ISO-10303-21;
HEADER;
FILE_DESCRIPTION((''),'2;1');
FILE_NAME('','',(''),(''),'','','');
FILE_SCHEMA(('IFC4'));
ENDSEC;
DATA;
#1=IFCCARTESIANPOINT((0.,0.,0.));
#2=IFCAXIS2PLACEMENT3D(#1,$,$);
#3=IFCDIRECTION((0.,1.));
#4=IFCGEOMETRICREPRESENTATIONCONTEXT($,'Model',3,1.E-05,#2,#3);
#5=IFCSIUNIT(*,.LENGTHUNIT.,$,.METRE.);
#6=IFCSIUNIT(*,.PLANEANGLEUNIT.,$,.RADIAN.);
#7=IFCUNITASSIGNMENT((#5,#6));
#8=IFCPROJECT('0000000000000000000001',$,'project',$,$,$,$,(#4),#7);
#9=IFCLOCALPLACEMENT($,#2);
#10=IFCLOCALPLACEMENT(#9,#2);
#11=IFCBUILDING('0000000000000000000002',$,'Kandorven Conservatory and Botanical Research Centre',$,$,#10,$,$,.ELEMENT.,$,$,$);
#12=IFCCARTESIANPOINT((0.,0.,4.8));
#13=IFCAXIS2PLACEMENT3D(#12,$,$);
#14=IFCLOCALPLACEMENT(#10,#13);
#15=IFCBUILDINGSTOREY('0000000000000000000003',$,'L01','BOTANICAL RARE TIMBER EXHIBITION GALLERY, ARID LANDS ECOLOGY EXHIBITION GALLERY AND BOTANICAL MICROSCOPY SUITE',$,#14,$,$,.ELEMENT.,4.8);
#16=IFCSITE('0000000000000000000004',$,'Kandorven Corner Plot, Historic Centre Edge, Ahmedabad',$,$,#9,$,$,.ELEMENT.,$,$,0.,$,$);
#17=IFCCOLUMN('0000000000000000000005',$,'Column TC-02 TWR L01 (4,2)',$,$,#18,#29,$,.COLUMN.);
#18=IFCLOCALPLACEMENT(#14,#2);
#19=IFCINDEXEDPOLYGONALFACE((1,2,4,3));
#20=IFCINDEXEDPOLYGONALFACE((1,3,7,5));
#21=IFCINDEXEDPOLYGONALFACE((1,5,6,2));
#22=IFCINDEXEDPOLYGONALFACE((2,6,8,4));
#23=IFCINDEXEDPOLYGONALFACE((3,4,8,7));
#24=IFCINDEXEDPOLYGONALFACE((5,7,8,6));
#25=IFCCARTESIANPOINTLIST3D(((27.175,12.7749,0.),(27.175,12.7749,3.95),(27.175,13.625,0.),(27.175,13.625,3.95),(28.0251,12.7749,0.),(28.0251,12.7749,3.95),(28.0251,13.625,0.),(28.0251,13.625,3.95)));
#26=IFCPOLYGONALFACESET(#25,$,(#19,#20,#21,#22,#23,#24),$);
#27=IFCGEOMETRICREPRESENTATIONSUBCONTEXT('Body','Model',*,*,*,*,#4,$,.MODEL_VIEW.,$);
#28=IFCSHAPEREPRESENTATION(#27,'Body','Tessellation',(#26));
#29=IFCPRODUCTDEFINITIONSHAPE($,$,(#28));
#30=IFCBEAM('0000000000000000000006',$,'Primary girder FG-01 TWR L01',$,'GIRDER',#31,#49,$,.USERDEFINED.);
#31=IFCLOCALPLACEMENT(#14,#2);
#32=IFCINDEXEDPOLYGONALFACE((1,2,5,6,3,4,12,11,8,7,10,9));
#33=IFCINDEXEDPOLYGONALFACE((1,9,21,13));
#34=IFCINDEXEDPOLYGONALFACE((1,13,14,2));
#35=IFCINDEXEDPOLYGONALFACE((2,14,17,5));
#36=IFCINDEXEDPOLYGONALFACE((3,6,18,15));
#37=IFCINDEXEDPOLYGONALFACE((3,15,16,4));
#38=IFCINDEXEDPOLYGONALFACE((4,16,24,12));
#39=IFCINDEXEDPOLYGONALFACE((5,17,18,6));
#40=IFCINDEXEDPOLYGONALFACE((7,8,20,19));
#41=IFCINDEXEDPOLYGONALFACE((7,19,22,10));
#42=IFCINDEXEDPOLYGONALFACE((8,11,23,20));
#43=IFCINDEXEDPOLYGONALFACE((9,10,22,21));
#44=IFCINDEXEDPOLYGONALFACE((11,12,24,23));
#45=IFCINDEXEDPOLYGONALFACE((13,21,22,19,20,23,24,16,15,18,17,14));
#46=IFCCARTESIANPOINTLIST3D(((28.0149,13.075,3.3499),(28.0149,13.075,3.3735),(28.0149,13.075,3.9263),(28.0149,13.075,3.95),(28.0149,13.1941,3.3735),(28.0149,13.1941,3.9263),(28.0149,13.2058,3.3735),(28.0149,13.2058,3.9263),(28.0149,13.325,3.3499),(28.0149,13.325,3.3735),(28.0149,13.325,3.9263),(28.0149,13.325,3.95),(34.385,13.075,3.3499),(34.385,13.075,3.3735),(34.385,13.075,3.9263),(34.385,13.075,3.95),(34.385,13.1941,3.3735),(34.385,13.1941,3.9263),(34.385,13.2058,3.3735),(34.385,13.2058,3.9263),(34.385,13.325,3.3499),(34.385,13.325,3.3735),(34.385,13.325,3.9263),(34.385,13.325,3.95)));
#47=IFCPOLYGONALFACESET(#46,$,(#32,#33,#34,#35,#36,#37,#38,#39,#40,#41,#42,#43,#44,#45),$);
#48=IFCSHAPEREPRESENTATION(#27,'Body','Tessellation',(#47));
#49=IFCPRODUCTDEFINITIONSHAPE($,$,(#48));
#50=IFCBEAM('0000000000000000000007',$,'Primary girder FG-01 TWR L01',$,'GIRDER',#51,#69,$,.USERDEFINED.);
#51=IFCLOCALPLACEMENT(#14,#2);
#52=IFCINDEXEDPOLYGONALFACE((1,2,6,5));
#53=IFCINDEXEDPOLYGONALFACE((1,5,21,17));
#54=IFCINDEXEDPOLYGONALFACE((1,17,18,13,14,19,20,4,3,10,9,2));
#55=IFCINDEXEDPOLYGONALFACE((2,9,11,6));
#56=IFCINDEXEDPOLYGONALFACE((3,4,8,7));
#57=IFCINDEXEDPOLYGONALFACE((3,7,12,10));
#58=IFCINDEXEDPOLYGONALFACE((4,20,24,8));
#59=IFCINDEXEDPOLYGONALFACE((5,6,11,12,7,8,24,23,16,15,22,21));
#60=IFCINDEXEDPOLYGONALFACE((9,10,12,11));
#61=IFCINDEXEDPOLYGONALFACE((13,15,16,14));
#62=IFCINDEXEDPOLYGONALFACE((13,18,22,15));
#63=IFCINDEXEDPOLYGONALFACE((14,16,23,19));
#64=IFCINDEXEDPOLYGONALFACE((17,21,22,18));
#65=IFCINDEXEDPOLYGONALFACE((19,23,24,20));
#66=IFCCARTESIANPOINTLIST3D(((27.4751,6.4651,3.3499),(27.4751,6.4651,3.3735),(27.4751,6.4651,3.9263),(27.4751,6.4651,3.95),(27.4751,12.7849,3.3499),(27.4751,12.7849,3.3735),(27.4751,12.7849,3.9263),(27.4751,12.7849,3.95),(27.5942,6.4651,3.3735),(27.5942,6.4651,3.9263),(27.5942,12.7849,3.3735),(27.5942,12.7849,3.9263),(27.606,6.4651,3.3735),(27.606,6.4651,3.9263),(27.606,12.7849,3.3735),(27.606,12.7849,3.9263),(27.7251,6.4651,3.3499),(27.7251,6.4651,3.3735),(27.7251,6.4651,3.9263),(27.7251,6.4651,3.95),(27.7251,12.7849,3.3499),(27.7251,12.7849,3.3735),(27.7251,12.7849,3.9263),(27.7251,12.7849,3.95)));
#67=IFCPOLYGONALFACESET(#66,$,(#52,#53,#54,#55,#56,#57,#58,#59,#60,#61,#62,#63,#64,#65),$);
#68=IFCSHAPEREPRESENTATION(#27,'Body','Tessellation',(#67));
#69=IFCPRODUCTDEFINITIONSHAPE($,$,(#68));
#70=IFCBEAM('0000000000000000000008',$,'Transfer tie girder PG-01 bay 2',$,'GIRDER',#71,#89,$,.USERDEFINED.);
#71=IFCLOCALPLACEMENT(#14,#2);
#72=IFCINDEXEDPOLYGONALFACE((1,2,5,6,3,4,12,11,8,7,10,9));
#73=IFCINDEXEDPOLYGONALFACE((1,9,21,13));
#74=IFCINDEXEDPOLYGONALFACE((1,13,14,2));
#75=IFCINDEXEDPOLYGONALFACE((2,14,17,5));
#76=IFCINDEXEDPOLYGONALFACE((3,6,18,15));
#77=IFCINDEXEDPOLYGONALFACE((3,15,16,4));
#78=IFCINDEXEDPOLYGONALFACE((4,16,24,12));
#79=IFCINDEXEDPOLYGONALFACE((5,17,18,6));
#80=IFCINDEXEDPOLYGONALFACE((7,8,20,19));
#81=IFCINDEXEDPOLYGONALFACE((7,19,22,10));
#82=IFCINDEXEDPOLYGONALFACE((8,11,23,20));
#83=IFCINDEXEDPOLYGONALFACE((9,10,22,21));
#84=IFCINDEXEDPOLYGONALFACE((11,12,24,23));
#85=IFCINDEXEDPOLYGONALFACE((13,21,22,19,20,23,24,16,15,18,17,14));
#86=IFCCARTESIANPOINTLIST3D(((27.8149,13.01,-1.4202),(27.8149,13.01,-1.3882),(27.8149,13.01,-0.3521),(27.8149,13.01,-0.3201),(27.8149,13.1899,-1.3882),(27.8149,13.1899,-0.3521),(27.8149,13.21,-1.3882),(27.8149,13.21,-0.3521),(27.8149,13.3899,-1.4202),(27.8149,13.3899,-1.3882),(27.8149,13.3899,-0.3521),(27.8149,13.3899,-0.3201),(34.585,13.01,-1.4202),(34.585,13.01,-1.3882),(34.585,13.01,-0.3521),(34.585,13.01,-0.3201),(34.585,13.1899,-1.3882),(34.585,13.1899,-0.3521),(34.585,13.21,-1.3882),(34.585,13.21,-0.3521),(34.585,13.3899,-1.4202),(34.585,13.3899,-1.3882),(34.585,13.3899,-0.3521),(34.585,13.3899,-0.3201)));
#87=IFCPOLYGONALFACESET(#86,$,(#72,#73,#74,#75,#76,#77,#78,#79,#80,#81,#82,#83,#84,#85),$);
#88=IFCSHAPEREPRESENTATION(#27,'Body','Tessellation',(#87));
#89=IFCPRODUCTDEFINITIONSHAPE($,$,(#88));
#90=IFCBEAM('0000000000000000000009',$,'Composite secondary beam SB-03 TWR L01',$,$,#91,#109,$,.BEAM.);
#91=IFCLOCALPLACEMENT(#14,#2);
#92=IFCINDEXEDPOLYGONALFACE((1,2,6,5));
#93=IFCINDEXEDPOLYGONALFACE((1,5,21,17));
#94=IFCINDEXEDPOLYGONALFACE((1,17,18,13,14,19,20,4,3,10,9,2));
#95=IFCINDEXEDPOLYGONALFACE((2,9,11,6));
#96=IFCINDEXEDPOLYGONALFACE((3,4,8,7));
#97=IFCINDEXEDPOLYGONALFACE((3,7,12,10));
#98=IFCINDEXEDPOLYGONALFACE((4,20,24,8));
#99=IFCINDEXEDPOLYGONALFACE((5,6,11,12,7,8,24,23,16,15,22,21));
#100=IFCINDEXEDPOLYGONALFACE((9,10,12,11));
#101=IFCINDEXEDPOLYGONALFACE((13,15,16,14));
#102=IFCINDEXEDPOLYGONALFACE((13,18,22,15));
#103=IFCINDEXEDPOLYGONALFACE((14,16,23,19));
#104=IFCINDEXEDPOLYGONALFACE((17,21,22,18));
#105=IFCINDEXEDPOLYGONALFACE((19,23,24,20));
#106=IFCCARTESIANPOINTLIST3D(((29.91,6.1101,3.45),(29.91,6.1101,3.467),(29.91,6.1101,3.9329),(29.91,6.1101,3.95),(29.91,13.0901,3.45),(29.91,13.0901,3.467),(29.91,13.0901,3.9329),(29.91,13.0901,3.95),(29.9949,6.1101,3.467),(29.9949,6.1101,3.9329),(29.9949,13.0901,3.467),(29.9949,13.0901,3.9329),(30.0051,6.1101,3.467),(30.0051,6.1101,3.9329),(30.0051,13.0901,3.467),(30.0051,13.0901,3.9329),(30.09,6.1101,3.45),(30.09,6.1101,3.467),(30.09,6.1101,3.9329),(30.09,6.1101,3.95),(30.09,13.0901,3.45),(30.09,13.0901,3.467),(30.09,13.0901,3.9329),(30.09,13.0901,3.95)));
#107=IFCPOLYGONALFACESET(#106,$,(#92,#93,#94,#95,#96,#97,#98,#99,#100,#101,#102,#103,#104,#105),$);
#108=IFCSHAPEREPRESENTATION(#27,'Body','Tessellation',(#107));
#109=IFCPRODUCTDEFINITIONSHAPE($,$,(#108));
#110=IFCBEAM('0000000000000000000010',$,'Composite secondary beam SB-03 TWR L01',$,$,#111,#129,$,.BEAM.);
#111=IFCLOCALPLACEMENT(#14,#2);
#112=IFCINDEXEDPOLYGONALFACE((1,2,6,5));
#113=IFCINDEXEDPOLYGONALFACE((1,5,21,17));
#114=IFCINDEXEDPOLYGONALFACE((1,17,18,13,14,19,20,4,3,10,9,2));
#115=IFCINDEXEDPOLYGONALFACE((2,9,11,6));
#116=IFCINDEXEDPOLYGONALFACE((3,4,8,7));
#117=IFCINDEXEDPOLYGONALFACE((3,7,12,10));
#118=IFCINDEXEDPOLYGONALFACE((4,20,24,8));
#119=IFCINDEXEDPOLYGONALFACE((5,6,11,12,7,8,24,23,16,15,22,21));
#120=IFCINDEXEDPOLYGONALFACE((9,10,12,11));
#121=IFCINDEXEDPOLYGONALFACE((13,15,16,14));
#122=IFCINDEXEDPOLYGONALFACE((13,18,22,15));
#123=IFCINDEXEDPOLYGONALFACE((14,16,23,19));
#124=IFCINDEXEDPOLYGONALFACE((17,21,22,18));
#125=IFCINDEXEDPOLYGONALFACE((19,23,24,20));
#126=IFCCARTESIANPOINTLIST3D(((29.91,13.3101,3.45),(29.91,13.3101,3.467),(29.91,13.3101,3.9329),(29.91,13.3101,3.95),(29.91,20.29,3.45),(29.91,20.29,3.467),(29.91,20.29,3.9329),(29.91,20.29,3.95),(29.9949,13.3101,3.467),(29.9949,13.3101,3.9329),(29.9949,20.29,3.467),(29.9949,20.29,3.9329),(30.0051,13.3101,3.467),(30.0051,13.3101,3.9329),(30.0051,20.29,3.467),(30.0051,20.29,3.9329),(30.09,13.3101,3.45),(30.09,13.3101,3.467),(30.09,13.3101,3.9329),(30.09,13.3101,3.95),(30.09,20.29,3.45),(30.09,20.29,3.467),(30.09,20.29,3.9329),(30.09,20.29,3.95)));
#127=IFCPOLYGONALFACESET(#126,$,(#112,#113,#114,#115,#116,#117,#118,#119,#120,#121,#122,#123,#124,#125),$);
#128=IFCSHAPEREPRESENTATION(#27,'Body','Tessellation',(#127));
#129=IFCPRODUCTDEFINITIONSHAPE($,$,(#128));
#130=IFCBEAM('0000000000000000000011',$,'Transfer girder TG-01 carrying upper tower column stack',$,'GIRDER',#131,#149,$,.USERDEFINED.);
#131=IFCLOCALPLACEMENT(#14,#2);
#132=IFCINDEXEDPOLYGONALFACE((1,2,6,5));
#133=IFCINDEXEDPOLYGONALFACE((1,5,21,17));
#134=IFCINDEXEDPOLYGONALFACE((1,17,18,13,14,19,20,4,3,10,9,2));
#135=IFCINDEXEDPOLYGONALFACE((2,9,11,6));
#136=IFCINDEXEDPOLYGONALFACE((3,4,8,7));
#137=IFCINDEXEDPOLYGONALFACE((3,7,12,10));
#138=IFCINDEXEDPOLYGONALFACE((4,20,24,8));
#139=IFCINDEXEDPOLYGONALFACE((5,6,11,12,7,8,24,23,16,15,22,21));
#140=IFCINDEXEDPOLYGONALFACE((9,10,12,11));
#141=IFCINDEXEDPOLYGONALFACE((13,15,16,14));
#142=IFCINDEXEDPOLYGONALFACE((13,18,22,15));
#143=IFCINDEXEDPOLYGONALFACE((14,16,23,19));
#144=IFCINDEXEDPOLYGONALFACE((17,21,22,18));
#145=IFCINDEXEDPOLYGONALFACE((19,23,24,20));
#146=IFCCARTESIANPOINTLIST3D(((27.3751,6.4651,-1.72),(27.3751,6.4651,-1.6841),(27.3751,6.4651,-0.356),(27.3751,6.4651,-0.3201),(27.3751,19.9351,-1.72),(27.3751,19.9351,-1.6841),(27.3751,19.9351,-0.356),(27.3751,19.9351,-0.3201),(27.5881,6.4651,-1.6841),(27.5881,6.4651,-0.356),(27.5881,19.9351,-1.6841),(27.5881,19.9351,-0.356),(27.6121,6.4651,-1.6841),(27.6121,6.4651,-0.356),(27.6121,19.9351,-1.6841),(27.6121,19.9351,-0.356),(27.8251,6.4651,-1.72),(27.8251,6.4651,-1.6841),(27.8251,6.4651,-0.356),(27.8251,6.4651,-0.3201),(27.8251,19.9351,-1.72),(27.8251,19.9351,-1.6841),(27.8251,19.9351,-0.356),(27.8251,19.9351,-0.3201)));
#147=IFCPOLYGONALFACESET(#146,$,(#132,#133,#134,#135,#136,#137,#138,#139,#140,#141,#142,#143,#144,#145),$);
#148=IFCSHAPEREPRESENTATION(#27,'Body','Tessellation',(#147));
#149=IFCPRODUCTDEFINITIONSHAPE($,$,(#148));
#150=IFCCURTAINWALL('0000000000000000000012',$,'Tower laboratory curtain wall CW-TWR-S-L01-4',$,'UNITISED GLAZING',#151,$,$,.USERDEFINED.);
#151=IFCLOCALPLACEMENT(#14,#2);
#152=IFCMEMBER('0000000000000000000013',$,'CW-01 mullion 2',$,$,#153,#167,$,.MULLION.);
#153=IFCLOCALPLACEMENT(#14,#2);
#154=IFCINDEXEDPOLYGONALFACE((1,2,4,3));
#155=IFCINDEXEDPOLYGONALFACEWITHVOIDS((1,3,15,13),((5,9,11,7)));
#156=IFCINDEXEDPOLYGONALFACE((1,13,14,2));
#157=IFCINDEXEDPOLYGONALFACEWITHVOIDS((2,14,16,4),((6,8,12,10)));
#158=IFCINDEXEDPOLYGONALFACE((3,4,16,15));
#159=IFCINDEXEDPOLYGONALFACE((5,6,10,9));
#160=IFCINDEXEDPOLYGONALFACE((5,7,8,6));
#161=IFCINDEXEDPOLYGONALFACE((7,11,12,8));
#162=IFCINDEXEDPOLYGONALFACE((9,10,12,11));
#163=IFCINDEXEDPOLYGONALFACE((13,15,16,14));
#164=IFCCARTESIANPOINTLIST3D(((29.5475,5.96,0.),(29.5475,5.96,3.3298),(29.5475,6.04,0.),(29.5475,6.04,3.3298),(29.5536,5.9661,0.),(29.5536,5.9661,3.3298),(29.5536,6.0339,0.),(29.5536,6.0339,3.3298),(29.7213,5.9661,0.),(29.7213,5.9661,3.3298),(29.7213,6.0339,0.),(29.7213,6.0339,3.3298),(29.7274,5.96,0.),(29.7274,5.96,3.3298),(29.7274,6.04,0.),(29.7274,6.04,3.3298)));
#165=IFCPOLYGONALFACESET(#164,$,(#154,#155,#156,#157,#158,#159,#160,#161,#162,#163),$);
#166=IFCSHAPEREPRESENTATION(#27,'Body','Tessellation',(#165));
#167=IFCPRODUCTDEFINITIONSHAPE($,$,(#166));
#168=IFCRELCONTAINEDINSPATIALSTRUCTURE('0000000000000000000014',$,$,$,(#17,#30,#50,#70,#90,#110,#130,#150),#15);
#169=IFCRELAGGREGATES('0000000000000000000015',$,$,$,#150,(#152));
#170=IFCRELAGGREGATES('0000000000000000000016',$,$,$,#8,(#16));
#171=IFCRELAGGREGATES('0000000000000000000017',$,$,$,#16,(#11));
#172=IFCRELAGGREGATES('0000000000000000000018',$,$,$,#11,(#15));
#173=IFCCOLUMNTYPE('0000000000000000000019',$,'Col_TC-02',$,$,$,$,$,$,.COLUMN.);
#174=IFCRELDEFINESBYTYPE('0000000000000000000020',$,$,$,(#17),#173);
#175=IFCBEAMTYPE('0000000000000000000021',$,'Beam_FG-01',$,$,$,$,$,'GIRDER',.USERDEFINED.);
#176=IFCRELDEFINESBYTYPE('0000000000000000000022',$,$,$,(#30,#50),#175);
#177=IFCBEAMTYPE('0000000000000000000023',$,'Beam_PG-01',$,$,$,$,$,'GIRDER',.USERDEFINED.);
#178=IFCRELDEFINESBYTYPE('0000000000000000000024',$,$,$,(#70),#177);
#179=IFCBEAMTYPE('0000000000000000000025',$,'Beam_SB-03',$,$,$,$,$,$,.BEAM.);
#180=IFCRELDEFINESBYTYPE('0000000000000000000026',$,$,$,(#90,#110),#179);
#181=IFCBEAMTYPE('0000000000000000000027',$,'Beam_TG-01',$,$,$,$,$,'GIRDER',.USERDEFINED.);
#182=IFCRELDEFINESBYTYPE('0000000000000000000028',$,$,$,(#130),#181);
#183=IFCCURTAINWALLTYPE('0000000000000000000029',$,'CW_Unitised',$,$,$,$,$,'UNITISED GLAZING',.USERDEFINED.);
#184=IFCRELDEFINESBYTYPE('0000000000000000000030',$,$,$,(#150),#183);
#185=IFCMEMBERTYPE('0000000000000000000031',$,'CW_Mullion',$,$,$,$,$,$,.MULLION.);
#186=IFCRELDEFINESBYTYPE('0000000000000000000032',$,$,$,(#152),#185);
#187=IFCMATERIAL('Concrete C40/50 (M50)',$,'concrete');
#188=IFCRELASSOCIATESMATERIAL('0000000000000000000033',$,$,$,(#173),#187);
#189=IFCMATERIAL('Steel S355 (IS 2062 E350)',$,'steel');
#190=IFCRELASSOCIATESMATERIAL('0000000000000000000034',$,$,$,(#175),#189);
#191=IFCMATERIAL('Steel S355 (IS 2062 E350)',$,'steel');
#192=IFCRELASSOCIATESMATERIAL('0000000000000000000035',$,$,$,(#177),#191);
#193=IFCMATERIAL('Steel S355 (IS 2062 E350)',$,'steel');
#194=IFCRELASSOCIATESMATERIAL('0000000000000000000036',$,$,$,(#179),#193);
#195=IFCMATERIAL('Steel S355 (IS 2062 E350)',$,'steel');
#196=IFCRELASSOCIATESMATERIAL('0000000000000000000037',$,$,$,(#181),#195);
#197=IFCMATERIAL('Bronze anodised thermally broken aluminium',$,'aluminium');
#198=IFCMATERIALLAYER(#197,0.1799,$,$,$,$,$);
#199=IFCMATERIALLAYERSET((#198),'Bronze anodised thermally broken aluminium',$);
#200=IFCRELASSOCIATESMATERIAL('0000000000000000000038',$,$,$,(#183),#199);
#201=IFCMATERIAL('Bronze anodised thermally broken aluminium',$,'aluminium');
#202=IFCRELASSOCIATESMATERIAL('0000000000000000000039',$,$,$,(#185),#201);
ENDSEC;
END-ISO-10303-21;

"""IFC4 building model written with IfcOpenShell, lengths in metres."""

from ifc_helpers import new_model, si_unit, direction, frame, origin, origin_2d, place, context, subcontext, project, spatial, rectangle, hollow_rectangle, i_section, extrude, material, layer, layer_set, material_profile, profile_set, type_object, element, aggregate, save


model = new_model("IFC4")

# Units and contexts
model_context = context("Model", 3, precision=1e-05, world=origin(), true_north=direction((0.0, 1.0)))
body_context = subcontext(model_context, "Body", "Model", "MODEL_VIEW")
ifc_project = project(units=[si_unit("LENGTHUNIT", "METRE"), si_unit("PLANEANGLEUNIT", "RADIAN")], contexts=[model_context])

# Site, building, storey
site_placement = place(None, origin())
site = spatial("IfcSite", under=ifc_project, at=site_placement, Name="Kandorven Corner Plot, Historic Centre Edge, Ahmedabad", CompositionType="ELEMENT", RefElevation=0.0)
building_placement = place(site_placement, origin())
building = spatial("IfcBuilding", under=site, at=building_placement, Name="Kandorven Conservatory and Botanical Research Centre", CompositionType="ELEMENT")
storey_placement = place(building_placement, frame((0.0, 0.0, 4.8)))
storey = spatial("IfcBuildingStorey", under=building, at=storey_placement, Name="L01", Description="BOTANICAL RARE TIMBER EXHIBITION GALLERY, ARID LANDS ECOLOGY EXHIBITION GALLERY AND BOTANICAL MICROSCOPY SUITE", CompositionType="ELEMENT", Elevation=4.8)

# Column
ifc_material_1 = material(Name="Concrete C40/50 (M50)", Category="concrete")
ifc_material_profile_1 = material_profile(ifc_material_1, rectangle(XDim=0.8501, YDim=0.8501, at=origin_2d()))
ifc_profile_set_1 = profile_set([ifc_material_profile_1], Name="Concrete C40/50 (M50)")
column_type = type_object("IfcColumnType", Name="Col_TC-02", PredefinedType="COLUMN", material=ifc_profile_set_1)
column_placement = place(storey_placement, frame((27.6001, 13.2, 0.0), z_axis=(0.0, 0.0, 1.0), x_axis=(1.0, 0.0, 0.0)))
element("IfcColumn", 1, at=column_placement, inside=storey, type_object=column_type, Name="Column TC-02 TWR L01 (4,2)", PredefinedType="COLUMN", context=body_context, shape_type="SweptSolid", body=[
    extrude(rectangle(XDim=0.8501, YDim=0.8501, at=origin_2d()), origin(), (0.0, 0.0, 1.0), 3.95),
])

# Beams
ifc_material_2 = material(Name="Steel S355 (IS 2062 E350)", Category="steel")
ifc_material_profile_2 = material_profile(ifc_material_2, i_section(OverallWidth=0.25, OverallDepth=0.6001, WebThickness=0.0117, FlangeThickness=0.0237, at=origin_2d()))
ifc_profile_set_2 = profile_set([ifc_material_profile_2], Name="Steel S355 (IS 2062 E350)")
beam_type_1 = type_object("IfcBeamType", Name="Beam_FG-01", ElementType="GIRDER", PredefinedType="USERDEFINED", material=ifc_profile_set_2)
beam_1_placement = place(storey_placement, frame((28.0149, 13.2, 3.6499), z_axis=(1.0, 0.0, 0.0), x_axis=(0.0, 1.0, 0.0)))
element("IfcBeam", 2, at=beam_1_placement, inside=storey, type_object=beam_type_1, Name="Primary girder FG-01 TWR L01", ObjectType="GIRDER", PredefinedType="USERDEFINED", context=body_context, shape_type="SweptSolid", body=[
    extrude(i_section(OverallWidth=0.25, OverallDepth=0.6001, WebThickness=0.0117, FlangeThickness=0.0237, at=origin_2d()), origin(), (0.0, 0.0, 1.0), 6.3701),
])
beam_2_placement = place(storey_placement, frame((27.6001, 6.4651, 3.6499), z_axis=(0.0, 1.0, 0.0), x_axis=(-1.0, 0.0, 0.0)))
element("IfcBeam", 3, at=beam_2_placement, inside=storey, type_object=beam_type_1, Name="Primary girder FG-01 TWR L01", ObjectType="GIRDER", PredefinedType="USERDEFINED", context=body_context, shape_type="SweptSolid", body=[
    extrude(i_section(OverallWidth=0.25, OverallDepth=0.6001, WebThickness=0.0117, FlangeThickness=0.0237, at=origin_2d()), origin(), (0.0, 0.0, 1.0), 6.3198),
])
ifc_material_3 = material(Name="Steel S355 (IS 2062 E350)", Category="steel")
ifc_material_profile_3 = material_profile(ifc_material_3, i_section(OverallWidth=0.3799, OverallDepth=1.1001, WebThickness=0.02, FlangeThickness=0.032, at=origin_2d()))
ifc_profile_set_3 = profile_set([ifc_material_profile_3], Name="Steel S355 (IS 2062 E350)")
beam_type_2 = type_object("IfcBeamType", Name="Beam_PG-01", ElementType="GIRDER", PredefinedType="USERDEFINED", material=ifc_profile_set_3)
beam_3_placement = place(storey_placement, frame((27.8149, 13.2, -0.8701), z_axis=(1.0, 0.0, 0.0), x_axis=(0.0, 1.0, 0.0)))
element("IfcBeam", 4, at=beam_3_placement, inside=storey, type_object=beam_type_2, Name="Transfer tie girder PG-01 bay 2", ObjectType="GIRDER", PredefinedType="USERDEFINED", context=body_context, shape_type="SweptSolid", body=[
    extrude(i_section(OverallWidth=0.3799, OverallDepth=1.1001, WebThickness=0.02, FlangeThickness=0.032, at=origin_2d()), origin(), (0.0, 0.0, 1.0), 6.77),
])
ifc_material_4 = material(Name="Steel S355 (IS 2062 E350)", Category="steel")
ifc_material_profile_4 = material_profile(ifc_material_4, i_section(OverallWidth=0.1799, OverallDepth=0.5, WebThickness=0.0103, FlangeThickness=0.0171, at=origin_2d()))
ifc_profile_set_4 = profile_set([ifc_material_profile_4], Name="Steel S355 (IS 2062 E350)")
beam_type_3 = type_object("IfcBeamType", Name="Beam_SB-03", PredefinedType="BEAM", material=ifc_profile_set_4)
for number, where, z_axis, x_axis, name in (
    (5, (30.0, 6.1101, 3.7), (0.0, 1.0, 0.0), (-1.0, 0.0, 0.0), "Composite secondary beam SB-03 TWR L01"),
    (6, (30.0, 13.3101, 3.7), (0.0, 1.0, 0.0), (-1.0, 0.0, 0.0), "Composite secondary beam SB-03 TWR L01"),
):
    element("IfcBeam", number, at=place(storey_placement, frame(where, z_axis=z_axis, x_axis=x_axis)), inside=storey, type_object=beam_type_3, Name=name, PredefinedType="BEAM", context=body_context, shape_type="SweptSolid", body=[
        extrude(i_section(OverallWidth=0.1799, OverallDepth=0.5, WebThickness=0.0103, FlangeThickness=0.0171, at=origin_2d()), origin(), (0.0, 0.0, 1.0), 6.98),
    ])
ifc_material_5 = material(Name="Steel S355 (IS 2062 E350)", Category="steel")
ifc_material_profile_5 = material_profile(ifc_material_5, i_section(OverallWidth=0.45, OverallDepth=1.3999, WebThickness=0.0239, FlangeThickness=0.0359, at=origin_2d()))
ifc_profile_set_5 = profile_set([ifc_material_profile_5], Name="Steel S355 (IS 2062 E350)")
beam_type_4 = type_object("IfcBeamType", Name="Beam_TG-01", ElementType="GIRDER", PredefinedType="USERDEFINED", material=ifc_profile_set_5)
beam_4_placement = place(storey_placement, frame((27.6001, 6.4651, -1.02), z_axis=(0.0, 1.0, 0.0), x_axis=(-1.0, 0.0, 0.0)))
element("IfcBeam", 7, at=beam_4_placement, inside=storey, type_object=beam_type_4, Name="Transfer girder TG-01 carrying upper tower column stack", ObjectType="GIRDER", PredefinedType="USERDEFINED", context=body_context, shape_type="SweptSolid", body=[
    extrude(i_section(OverallWidth=0.45, OverallDepth=1.3999, WebThickness=0.0239, FlangeThickness=0.0359, at=origin_2d()), origin(), (0.0, 0.0, 1.0), 13.47),
])

# Curtain wall, member
ifc_material_6 = material(Name="Bronze anodised thermally broken aluminium", Category="aluminium")
ifc_layer_1 = layer(ifc_material_6, 0.1799)
ifc_layer_set_1 = layer_set([ifc_layer_1], Name="Bronze anodised thermally broken aluminium")
curtain_wall_type = type_object("IfcCurtainWallType", Name="CW_Unitised", ElementType="UNITISED GLAZING", PredefinedType="USERDEFINED", material=ifc_layer_set_1)
curtain_wall_placement = place(storey_placement, origin())
curtain_wall = element("IfcCurtainWall", 8, at=curtain_wall_placement, inside=storey, type_object=curtain_wall_type, Name="Tower laboratory curtain wall CW-TWR-S-L01-4", ObjectType="UNITISED GLAZING", PredefinedType="USERDEFINED")
ifc_material_7 = material(Name="Bronze anodised thermally broken aluminium", Category="aluminium")
ifc_material_profile_6 = material_profile(ifc_material_7, hollow_rectangle(XDim=0.0801, YDim=0.1799, WallThickness=0.0061, at=origin_2d()))
ifc_profile_set_6 = profile_set([ifc_material_profile_6], Name="Bronze anodised thermally broken aluminium")
member_type_1 = type_object("IfcMemberType", Name="CW_Mullion", PredefinedType="MULLION", material=ifc_profile_set_6)
member_1_placement = place(storey_placement, frame((29.6375, 6.0, 0.0), z_axis=(0.0, 0.0, 1.0), x_axis=(0.0, 1.0, 0.0)))
member_1 = element("IfcMember", 9, at=member_1_placement, type_object=member_type_1, Name="CW-01 mullion 2", PredefinedType="MULLION", context=body_context, shape_type="SweptSolid", body=[
    extrude(hollow_rectangle(XDim=0.0801, YDim=0.1799, WallThickness=0.0061, at=origin_2d()), origin(), (0.0, 0.0, 1.0), 3.3298),
])
aggregate(curtain_wall, [member_1])

save(model, "model.ifc")
